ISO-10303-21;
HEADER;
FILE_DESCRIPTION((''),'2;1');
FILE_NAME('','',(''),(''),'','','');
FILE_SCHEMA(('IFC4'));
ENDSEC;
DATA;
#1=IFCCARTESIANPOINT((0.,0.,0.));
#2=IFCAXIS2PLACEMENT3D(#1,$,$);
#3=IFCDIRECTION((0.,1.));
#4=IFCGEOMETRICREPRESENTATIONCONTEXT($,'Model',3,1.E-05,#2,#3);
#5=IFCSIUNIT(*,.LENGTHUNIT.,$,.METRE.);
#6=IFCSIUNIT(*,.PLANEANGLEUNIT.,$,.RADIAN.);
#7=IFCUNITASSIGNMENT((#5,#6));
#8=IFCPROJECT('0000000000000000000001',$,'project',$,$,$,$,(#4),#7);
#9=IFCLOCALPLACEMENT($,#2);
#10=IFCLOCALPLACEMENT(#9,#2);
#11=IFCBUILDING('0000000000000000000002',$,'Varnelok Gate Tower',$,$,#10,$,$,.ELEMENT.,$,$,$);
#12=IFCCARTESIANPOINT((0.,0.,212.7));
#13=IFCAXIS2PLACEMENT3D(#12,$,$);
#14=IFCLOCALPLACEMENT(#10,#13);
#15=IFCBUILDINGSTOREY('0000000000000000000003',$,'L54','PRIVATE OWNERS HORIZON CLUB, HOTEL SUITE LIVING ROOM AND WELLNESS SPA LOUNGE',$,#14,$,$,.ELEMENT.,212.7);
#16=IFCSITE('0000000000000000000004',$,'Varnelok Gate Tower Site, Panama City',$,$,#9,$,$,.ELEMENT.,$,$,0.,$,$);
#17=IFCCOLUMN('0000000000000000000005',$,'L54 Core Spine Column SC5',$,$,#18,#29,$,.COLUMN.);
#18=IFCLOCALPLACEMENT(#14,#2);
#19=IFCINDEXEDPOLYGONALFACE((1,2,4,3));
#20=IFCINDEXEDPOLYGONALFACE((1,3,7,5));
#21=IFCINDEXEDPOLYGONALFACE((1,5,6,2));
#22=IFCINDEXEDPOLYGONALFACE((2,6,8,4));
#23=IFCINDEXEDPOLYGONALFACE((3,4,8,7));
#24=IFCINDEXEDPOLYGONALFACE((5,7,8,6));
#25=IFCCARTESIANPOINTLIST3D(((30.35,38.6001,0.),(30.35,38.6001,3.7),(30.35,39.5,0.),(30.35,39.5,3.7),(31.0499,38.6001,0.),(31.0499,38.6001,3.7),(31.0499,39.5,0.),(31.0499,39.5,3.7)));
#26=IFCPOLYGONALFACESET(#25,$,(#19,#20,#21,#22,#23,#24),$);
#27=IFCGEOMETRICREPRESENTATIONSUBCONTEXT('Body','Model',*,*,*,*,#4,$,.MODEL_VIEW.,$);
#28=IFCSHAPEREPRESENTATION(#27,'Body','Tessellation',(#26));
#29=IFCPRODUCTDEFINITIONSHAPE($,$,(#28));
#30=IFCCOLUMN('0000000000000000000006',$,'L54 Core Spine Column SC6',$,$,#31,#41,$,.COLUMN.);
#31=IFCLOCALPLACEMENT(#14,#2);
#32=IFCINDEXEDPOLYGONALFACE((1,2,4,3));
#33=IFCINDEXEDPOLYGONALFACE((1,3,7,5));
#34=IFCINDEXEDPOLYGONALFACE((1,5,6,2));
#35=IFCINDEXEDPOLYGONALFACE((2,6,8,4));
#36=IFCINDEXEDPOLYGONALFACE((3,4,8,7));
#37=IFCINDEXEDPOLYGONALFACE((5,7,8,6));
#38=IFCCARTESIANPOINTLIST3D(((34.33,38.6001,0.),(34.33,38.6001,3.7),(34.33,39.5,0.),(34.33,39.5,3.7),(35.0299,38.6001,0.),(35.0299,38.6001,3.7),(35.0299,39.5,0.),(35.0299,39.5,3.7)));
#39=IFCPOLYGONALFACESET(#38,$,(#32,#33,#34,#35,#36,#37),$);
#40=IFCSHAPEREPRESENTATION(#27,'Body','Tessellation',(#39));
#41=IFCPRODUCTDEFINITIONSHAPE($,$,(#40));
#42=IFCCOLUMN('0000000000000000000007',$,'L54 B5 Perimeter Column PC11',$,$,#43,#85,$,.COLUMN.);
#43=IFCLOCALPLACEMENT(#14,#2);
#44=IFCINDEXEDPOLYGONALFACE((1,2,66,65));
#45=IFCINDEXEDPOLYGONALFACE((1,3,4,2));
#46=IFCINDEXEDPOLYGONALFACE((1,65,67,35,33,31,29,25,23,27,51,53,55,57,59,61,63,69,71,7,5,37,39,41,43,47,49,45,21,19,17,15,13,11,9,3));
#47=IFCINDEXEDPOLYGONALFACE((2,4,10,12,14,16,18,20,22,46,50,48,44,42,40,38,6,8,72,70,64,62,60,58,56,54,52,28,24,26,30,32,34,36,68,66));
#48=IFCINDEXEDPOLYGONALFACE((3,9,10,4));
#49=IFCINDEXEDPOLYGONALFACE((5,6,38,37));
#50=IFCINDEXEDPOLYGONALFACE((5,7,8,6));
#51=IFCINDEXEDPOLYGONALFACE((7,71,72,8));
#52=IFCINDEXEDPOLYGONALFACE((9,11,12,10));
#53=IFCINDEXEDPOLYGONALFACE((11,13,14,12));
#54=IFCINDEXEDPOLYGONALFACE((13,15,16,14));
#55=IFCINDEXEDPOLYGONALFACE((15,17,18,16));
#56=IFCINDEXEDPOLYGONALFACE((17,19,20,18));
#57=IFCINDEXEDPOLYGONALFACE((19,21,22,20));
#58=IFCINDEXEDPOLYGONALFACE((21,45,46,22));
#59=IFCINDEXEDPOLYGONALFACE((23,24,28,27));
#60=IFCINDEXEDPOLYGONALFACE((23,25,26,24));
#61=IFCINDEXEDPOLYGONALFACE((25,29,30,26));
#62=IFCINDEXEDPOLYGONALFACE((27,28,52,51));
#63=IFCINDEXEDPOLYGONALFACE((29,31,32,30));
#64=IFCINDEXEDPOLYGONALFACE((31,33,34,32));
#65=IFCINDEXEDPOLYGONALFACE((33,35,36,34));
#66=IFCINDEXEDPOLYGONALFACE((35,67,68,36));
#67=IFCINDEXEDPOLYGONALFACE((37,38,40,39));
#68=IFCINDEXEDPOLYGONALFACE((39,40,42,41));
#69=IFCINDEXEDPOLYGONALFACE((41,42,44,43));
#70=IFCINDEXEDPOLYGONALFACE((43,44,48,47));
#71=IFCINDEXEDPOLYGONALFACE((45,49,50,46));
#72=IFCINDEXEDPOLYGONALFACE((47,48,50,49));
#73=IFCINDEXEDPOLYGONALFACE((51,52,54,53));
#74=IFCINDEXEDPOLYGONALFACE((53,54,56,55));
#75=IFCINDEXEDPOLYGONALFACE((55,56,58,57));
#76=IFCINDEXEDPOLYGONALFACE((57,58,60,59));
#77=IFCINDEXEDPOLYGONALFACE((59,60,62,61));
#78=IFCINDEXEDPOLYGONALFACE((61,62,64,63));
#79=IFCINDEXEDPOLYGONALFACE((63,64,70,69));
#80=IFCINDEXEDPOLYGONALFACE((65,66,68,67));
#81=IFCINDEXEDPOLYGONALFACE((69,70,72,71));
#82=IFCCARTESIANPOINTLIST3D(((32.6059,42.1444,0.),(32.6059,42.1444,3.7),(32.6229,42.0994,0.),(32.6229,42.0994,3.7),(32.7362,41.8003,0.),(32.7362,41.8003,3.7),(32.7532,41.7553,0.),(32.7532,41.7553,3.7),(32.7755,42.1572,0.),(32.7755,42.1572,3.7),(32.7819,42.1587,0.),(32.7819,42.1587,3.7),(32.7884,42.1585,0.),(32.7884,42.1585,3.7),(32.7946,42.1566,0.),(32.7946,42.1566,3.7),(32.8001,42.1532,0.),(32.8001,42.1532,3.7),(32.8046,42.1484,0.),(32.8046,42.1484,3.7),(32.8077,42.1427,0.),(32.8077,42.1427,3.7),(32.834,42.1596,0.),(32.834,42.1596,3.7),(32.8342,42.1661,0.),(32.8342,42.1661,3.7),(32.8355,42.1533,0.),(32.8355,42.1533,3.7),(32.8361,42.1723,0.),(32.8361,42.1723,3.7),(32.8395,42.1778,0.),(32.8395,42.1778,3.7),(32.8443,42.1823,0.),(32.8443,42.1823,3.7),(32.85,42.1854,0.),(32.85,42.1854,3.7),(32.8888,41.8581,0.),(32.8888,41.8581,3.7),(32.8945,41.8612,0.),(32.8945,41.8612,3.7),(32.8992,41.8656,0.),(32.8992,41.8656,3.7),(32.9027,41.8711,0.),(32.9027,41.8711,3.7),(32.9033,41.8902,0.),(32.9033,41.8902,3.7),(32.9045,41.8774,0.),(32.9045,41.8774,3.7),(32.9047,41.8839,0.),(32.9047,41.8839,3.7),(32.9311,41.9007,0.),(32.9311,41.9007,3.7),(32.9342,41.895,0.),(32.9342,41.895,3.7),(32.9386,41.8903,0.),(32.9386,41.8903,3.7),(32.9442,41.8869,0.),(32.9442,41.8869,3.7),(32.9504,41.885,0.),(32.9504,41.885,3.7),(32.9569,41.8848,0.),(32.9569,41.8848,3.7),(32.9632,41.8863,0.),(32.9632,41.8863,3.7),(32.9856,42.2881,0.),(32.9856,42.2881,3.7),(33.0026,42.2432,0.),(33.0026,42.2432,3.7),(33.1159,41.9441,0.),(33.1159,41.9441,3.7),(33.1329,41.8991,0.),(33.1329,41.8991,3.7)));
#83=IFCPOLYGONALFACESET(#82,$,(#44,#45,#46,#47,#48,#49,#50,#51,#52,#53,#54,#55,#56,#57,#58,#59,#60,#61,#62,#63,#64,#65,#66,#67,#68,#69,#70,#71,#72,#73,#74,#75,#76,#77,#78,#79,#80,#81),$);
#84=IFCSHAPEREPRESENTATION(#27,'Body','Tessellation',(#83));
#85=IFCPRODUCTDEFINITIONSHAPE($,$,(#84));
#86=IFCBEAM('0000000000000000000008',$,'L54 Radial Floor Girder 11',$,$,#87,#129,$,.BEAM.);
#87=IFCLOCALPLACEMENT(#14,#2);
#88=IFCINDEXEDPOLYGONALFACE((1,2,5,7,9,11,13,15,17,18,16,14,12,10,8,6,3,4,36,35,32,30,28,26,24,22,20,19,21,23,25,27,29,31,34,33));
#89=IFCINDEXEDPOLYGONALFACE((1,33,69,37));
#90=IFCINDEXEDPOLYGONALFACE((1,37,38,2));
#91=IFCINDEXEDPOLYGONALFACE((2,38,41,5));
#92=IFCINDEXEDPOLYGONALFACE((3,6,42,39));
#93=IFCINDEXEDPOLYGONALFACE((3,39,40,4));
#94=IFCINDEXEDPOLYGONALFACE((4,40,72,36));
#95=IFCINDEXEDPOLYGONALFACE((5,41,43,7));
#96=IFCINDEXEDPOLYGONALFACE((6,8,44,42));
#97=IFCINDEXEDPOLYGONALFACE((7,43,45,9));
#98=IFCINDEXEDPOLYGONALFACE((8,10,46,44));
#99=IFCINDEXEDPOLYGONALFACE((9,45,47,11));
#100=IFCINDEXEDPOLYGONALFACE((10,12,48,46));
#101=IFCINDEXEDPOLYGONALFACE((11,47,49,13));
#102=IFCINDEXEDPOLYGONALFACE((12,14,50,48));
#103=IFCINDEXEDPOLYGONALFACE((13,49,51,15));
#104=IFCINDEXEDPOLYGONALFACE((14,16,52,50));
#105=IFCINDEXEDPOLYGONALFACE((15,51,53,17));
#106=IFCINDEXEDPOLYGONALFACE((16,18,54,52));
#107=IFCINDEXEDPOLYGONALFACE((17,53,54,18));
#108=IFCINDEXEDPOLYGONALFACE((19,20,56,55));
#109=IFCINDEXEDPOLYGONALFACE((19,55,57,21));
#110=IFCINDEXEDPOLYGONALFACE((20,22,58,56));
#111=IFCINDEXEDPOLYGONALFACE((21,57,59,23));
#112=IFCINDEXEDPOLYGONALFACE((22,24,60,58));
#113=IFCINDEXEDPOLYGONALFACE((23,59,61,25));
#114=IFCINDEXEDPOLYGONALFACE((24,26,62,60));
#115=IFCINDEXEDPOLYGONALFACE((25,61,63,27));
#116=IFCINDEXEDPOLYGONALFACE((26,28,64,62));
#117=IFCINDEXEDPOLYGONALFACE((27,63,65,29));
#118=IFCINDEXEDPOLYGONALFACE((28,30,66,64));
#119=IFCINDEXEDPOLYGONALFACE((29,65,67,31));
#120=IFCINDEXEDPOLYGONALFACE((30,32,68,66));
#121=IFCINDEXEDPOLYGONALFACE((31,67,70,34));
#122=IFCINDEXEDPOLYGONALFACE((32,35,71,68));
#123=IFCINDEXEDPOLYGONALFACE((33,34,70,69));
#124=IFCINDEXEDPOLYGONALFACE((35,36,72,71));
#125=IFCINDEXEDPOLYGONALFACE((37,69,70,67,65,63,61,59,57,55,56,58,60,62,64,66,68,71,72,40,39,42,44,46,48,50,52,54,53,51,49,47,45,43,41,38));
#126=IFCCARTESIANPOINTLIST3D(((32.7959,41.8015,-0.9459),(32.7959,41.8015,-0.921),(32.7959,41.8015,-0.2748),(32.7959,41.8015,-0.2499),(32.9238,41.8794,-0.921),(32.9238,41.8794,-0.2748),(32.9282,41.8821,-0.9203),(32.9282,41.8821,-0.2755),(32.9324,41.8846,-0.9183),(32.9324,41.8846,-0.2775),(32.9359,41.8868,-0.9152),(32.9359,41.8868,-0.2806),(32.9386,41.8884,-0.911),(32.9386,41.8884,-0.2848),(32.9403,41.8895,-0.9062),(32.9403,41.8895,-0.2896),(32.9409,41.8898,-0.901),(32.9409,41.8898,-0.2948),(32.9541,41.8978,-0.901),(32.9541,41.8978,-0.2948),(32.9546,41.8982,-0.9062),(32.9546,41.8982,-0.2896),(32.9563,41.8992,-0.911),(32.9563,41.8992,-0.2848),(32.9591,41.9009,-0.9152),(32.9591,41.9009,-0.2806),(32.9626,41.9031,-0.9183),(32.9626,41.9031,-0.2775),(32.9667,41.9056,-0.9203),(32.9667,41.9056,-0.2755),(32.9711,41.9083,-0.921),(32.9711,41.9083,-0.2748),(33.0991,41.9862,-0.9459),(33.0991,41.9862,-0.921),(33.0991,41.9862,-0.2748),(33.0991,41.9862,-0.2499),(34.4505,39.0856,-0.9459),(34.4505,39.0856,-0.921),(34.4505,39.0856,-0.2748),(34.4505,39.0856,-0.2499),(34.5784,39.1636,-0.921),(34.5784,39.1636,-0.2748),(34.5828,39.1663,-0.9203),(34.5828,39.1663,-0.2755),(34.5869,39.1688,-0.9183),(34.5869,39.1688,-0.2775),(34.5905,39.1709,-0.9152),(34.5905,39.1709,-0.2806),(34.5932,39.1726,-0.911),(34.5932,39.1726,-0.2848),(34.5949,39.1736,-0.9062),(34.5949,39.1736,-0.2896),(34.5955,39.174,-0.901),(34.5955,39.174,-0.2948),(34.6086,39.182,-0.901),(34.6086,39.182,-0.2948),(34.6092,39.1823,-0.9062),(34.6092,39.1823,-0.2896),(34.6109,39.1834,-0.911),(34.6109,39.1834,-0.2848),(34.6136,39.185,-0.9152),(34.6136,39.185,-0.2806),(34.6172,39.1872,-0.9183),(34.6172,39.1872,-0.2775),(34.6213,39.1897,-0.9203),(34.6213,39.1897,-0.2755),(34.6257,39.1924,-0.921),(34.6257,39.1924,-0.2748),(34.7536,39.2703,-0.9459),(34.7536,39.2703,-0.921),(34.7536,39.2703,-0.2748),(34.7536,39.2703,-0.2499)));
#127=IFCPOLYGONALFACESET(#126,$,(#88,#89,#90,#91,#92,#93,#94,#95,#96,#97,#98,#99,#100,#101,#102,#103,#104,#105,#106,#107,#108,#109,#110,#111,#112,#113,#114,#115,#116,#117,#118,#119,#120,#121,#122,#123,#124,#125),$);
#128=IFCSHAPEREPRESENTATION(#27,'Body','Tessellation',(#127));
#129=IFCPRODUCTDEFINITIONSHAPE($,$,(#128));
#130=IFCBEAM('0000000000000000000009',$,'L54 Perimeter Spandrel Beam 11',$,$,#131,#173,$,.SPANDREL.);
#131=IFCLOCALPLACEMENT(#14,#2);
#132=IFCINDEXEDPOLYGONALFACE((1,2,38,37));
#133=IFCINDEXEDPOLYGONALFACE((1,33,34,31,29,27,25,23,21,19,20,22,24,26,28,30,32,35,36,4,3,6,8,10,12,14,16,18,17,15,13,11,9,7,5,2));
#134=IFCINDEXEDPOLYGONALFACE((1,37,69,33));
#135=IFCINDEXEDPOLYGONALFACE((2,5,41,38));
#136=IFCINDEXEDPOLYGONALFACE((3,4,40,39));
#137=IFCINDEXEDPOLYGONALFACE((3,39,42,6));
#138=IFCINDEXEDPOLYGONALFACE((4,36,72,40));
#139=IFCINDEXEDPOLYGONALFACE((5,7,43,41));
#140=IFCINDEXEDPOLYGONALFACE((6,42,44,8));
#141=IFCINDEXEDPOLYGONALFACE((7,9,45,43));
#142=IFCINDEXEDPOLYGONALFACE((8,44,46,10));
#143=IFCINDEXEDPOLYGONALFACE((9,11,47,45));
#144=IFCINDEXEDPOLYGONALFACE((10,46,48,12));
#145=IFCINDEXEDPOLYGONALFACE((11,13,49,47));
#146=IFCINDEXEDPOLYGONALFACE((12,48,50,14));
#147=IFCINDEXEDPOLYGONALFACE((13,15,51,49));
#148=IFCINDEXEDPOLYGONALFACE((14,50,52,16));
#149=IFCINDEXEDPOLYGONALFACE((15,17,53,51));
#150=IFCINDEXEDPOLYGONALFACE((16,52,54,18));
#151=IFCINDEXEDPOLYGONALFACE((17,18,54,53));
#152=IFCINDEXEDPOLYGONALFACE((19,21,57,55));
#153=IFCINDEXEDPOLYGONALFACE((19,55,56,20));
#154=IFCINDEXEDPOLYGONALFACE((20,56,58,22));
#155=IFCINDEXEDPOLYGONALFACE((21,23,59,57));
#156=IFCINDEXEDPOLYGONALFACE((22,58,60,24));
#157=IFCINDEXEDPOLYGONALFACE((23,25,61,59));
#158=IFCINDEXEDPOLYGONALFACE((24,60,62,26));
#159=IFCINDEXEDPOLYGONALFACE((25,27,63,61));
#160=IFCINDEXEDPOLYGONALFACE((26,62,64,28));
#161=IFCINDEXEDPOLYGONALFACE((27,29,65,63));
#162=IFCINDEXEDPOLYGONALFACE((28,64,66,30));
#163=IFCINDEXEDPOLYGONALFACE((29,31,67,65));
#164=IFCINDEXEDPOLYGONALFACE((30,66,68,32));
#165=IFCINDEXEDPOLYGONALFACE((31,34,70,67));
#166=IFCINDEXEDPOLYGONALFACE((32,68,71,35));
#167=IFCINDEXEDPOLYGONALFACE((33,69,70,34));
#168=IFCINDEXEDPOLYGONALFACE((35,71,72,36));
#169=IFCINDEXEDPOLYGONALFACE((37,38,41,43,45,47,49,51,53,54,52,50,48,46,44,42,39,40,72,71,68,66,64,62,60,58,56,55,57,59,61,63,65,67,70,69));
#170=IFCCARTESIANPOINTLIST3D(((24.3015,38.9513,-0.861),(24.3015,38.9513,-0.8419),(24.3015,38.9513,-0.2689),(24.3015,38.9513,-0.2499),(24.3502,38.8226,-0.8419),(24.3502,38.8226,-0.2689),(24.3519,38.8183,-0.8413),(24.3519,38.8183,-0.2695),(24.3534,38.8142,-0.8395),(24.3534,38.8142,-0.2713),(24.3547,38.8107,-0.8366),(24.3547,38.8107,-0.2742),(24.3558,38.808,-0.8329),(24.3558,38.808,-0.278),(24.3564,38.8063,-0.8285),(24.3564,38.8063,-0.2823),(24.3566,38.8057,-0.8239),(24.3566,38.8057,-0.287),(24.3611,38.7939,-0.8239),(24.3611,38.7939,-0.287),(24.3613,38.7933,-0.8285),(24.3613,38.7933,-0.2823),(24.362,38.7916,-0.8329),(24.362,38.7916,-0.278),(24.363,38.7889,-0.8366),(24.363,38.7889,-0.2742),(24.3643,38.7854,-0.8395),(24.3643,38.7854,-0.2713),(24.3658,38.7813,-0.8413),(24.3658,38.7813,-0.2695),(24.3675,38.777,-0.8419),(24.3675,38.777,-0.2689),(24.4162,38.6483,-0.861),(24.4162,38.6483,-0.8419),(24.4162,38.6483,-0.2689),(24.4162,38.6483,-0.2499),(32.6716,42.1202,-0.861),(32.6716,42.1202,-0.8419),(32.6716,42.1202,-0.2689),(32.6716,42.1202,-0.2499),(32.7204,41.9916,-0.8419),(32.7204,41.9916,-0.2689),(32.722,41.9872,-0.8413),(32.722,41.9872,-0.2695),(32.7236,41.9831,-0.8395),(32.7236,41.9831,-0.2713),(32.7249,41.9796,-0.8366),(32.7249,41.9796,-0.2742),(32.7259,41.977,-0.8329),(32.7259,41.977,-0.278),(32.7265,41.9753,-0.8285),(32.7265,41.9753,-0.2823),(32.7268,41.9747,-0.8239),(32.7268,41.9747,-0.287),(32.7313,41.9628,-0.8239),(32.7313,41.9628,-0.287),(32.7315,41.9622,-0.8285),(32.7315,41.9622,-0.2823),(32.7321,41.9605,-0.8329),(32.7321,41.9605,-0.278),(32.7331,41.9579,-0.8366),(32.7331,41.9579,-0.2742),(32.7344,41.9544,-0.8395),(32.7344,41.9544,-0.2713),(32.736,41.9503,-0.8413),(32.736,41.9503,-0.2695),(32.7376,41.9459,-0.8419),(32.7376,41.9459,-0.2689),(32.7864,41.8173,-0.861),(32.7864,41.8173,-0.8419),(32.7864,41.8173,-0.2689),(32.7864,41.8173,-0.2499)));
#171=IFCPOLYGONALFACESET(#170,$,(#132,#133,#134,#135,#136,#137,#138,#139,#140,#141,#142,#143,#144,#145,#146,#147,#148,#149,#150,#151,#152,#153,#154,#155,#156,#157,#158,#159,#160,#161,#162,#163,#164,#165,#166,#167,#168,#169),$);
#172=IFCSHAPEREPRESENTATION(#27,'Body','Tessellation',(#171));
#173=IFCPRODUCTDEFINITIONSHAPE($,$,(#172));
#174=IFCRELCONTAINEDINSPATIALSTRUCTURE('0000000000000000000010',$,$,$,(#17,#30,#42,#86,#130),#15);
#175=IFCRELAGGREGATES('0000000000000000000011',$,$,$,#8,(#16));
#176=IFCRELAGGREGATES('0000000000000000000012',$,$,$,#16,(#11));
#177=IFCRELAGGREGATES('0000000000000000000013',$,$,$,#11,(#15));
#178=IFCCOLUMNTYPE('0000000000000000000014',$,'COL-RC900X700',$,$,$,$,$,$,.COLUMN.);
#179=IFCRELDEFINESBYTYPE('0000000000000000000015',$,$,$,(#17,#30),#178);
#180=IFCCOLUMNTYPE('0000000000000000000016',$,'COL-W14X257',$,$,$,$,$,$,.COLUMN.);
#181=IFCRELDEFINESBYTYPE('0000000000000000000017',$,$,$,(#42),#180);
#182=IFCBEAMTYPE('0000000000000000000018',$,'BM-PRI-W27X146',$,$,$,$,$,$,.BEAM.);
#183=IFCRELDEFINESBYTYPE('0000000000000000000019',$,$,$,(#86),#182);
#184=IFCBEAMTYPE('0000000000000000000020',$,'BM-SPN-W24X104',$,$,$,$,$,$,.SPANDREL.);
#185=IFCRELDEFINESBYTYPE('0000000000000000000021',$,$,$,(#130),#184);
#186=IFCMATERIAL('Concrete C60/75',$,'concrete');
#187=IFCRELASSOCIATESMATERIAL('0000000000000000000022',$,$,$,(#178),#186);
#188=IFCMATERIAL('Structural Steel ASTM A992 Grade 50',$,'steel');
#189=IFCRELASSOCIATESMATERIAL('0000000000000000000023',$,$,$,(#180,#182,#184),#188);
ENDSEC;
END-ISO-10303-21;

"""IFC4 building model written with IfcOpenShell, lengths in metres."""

from ifc_helpers import new_model, si_unit, direction, frame, origin, origin_2d, place, context, subcontext, project, spatial, rectangle, i_section, extrude, material, material_profile, profile_set, type_object, element, save


model = new_model("IFC4")

# Units and contexts
model_context = context("Model", 3, precision=1e-05, world=origin(), true_north=direction((0.0, 1.0)))
body_context = subcontext(model_context, "Body", "Model", "MODEL_VIEW")
ifc_project = project(units=[si_unit("LENGTHUNIT", "METRE"), si_unit("PLANEANGLEUNIT", "RADIAN")], contexts=[model_context])

# Site, building, storey
site_placement = place(None, origin())
site = spatial("IfcSite", under=ifc_project, at=site_placement, Name="Varnelok Gate Tower Site, Panama City", CompositionType="ELEMENT", RefElevation=0.0)
building_placement = place(site_placement, origin())
building = spatial("IfcBuilding", under=site, at=building_placement, Name="Varnelok Gate Tower", CompositionType="ELEMENT")
storey_placement = place(building_placement, frame((0.0, 0.0, 212.7)))
storey = spatial("IfcBuildingStorey", under=building, at=storey_placement, Name="L54", Description="PRIVATE OWNERS HORIZON CLUB, HOTEL SUITE LIVING ROOM AND WELLNESS SPA LOUNGE", CompositionType="ELEMENT", Elevation=212.7)

# Columns
ifc_material_1 = material(Name="Concrete C60/75", Category="concrete")
ifc_material_profile_1 = material_profile(ifc_material_1, rectangle(XDim=0.7, YDim=0.8999, at=origin_2d()), Name="RC900X700")
ifc_profile_set_1 = profile_set([ifc_material_profile_1], Name="Concrete C60/75")
column_type_1 = type_object("IfcColumnType", Name="COL-RC900X700", PredefinedType="COLUMN", material=ifc_profile_set_1)
for number, where, z_axis, x_axis, name in (
    (1, (30.7, 39.05, 0.0), (0.0, 0.0, 1.0), (1.0, 0.0, 0.0), "L54 Core Spine Column SC5"),
    (2, (34.6799, 39.05, 0.0), (0.0, 0.0, 1.0), (1.0, 0.0, 0.0), "L54 Core Spine Column SC6"),
):
    element("IfcColumn", number, at=place(storey_placement, frame(where, z_axis=z_axis, x_axis=x_axis)), inside=storey, type_object=column_type_1, Name=name, PredefinedType="COLUMN", context=body_context, shape_type="SweptSolid", body=[
        extrude(rectangle(XDim=0.7, YDim=0.8999, at=origin_2d()), origin(), (0.0, 0.0, 1.0), 3.7),
    ])
ifc_material_2 = material(Name="Structural Steel ASTM A992 Grade 50", Category="steel")
ifc_material_profile_2 = material_profile(ifc_material_2, i_section(OverallWidth=0.406, OverallDepth=0.416, WebThickness=0.0298, FlangeThickness=0.0481, FilletRadius=0.0249, at=origin_2d()), Name="W14X257")
ifc_profile_set_2 = profile_set([ifc_material_profile_2], Name="Structural Steel ASTM A992 Grade 50")
column_type_2 = type_object("IfcColumnType", Name="COL-W14X257", PredefinedType="COLUMN", material=ifc_profile_set_2)
column_placement = place(storey_placement, frame((32.8694, 42.0217, 0.0), z_axis=(0.0, 0.0, 1.0), x_axis=(0.935222, 0.354063, 0.0)))
element("IfcColumn", 3, at=column_placement, inside=storey, type_object=column_type_2, Name="L54 B5 Perimeter Column PC11", PredefinedType="COLUMN", context=body_context, shape_type="SweptSolid", body=[
    extrude(i_section(OverallWidth=0.406, OverallDepth=0.416, WebThickness=0.0298, FlangeThickness=0.0481, FilletRadius=0.0249, at=origin_2d()), origin(), (0.0, 0.0, 1.0), 3.7),
])

# Beams
ifc_material_profile_3 = material_profile(ifc_material_2, i_section(OverallWidth=0.355, OverallDepth=0.696, WebThickness=0.0154, FlangeThickness=0.0249, FilletRadius=0.02, at=origin_2d()), Name="W27X146")
ifc_profile_set_3 = profile_set([ifc_material_profile_3], Name="Structural Steel ASTM A992 Grade 50")
beam_type_1 = type_object("IfcBeamType", Name="BM-PRI-W27X146", PredefinedType="BEAM", material=ifc_profile_set_3)
beam_1_placement = place(storey_placement, frame((34.6021, 39.178, -0.5979), z_axis=(-0.520276, 0.853998, 0.0), x_axis=(-0.853998, -0.520276, 0.0)))
element("IfcBeam", 4, at=beam_1_placement, inside=storey, type_object=beam_type_1, Name="L54 Radial Floor Girder 11", PredefinedType="BEAM", context=body_context, shape_type="SweptSolid", body=[
    extrude(i_section(OverallWidth=0.355, OverallDepth=0.696, WebThickness=0.0154, FlangeThickness=0.0249, FilletRadius=0.02, at=origin_2d()), origin(), (0.0, 0.0, 1.0), 3.1802),
])
ifc_material_profile_4 = material_profile(ifc_material_2, i_section(OverallWidth=0.324, OverallDepth=0.6111, WebThickness=0.0127, FlangeThickness=0.019, FilletRadius=0.0181, at=origin_2d()), Name="W24X104")
ifc_profile_set_4 = profile_set([ifc_material_profile_4], Name="Structural Steel ASTM A992 Grade 50")
beam_type_2 = type_object("IfcBeamType", Name="BM-SPN-W24X104", PredefinedType="SPANDREL", material=ifc_profile_set_4)
beam_2_placement = place(storey_placement, frame((32.729, 41.9688, -0.5554), z_axis=(-0.935217, -0.354075, 0.0), x_axis=(0.354075, -0.935217, 0.0)))
element("IfcBeam", 5, at=beam_2_placement, inside=storey, type_object=beam_type_2, Name="L54 Perimeter Spandrel Beam 11", PredefinedType="SPANDREL", context=body_context, shape_type="SweptSolid", body=[
    extrude(i_section(OverallWidth=0.324, OverallDepth=0.6111, WebThickness=0.0127, FlangeThickness=0.019, FilletRadius=0.0181, at=origin_2d()), origin(), (0.0, 0.0, 1.0), 8.95),
])

save(model, "model.ifc")
